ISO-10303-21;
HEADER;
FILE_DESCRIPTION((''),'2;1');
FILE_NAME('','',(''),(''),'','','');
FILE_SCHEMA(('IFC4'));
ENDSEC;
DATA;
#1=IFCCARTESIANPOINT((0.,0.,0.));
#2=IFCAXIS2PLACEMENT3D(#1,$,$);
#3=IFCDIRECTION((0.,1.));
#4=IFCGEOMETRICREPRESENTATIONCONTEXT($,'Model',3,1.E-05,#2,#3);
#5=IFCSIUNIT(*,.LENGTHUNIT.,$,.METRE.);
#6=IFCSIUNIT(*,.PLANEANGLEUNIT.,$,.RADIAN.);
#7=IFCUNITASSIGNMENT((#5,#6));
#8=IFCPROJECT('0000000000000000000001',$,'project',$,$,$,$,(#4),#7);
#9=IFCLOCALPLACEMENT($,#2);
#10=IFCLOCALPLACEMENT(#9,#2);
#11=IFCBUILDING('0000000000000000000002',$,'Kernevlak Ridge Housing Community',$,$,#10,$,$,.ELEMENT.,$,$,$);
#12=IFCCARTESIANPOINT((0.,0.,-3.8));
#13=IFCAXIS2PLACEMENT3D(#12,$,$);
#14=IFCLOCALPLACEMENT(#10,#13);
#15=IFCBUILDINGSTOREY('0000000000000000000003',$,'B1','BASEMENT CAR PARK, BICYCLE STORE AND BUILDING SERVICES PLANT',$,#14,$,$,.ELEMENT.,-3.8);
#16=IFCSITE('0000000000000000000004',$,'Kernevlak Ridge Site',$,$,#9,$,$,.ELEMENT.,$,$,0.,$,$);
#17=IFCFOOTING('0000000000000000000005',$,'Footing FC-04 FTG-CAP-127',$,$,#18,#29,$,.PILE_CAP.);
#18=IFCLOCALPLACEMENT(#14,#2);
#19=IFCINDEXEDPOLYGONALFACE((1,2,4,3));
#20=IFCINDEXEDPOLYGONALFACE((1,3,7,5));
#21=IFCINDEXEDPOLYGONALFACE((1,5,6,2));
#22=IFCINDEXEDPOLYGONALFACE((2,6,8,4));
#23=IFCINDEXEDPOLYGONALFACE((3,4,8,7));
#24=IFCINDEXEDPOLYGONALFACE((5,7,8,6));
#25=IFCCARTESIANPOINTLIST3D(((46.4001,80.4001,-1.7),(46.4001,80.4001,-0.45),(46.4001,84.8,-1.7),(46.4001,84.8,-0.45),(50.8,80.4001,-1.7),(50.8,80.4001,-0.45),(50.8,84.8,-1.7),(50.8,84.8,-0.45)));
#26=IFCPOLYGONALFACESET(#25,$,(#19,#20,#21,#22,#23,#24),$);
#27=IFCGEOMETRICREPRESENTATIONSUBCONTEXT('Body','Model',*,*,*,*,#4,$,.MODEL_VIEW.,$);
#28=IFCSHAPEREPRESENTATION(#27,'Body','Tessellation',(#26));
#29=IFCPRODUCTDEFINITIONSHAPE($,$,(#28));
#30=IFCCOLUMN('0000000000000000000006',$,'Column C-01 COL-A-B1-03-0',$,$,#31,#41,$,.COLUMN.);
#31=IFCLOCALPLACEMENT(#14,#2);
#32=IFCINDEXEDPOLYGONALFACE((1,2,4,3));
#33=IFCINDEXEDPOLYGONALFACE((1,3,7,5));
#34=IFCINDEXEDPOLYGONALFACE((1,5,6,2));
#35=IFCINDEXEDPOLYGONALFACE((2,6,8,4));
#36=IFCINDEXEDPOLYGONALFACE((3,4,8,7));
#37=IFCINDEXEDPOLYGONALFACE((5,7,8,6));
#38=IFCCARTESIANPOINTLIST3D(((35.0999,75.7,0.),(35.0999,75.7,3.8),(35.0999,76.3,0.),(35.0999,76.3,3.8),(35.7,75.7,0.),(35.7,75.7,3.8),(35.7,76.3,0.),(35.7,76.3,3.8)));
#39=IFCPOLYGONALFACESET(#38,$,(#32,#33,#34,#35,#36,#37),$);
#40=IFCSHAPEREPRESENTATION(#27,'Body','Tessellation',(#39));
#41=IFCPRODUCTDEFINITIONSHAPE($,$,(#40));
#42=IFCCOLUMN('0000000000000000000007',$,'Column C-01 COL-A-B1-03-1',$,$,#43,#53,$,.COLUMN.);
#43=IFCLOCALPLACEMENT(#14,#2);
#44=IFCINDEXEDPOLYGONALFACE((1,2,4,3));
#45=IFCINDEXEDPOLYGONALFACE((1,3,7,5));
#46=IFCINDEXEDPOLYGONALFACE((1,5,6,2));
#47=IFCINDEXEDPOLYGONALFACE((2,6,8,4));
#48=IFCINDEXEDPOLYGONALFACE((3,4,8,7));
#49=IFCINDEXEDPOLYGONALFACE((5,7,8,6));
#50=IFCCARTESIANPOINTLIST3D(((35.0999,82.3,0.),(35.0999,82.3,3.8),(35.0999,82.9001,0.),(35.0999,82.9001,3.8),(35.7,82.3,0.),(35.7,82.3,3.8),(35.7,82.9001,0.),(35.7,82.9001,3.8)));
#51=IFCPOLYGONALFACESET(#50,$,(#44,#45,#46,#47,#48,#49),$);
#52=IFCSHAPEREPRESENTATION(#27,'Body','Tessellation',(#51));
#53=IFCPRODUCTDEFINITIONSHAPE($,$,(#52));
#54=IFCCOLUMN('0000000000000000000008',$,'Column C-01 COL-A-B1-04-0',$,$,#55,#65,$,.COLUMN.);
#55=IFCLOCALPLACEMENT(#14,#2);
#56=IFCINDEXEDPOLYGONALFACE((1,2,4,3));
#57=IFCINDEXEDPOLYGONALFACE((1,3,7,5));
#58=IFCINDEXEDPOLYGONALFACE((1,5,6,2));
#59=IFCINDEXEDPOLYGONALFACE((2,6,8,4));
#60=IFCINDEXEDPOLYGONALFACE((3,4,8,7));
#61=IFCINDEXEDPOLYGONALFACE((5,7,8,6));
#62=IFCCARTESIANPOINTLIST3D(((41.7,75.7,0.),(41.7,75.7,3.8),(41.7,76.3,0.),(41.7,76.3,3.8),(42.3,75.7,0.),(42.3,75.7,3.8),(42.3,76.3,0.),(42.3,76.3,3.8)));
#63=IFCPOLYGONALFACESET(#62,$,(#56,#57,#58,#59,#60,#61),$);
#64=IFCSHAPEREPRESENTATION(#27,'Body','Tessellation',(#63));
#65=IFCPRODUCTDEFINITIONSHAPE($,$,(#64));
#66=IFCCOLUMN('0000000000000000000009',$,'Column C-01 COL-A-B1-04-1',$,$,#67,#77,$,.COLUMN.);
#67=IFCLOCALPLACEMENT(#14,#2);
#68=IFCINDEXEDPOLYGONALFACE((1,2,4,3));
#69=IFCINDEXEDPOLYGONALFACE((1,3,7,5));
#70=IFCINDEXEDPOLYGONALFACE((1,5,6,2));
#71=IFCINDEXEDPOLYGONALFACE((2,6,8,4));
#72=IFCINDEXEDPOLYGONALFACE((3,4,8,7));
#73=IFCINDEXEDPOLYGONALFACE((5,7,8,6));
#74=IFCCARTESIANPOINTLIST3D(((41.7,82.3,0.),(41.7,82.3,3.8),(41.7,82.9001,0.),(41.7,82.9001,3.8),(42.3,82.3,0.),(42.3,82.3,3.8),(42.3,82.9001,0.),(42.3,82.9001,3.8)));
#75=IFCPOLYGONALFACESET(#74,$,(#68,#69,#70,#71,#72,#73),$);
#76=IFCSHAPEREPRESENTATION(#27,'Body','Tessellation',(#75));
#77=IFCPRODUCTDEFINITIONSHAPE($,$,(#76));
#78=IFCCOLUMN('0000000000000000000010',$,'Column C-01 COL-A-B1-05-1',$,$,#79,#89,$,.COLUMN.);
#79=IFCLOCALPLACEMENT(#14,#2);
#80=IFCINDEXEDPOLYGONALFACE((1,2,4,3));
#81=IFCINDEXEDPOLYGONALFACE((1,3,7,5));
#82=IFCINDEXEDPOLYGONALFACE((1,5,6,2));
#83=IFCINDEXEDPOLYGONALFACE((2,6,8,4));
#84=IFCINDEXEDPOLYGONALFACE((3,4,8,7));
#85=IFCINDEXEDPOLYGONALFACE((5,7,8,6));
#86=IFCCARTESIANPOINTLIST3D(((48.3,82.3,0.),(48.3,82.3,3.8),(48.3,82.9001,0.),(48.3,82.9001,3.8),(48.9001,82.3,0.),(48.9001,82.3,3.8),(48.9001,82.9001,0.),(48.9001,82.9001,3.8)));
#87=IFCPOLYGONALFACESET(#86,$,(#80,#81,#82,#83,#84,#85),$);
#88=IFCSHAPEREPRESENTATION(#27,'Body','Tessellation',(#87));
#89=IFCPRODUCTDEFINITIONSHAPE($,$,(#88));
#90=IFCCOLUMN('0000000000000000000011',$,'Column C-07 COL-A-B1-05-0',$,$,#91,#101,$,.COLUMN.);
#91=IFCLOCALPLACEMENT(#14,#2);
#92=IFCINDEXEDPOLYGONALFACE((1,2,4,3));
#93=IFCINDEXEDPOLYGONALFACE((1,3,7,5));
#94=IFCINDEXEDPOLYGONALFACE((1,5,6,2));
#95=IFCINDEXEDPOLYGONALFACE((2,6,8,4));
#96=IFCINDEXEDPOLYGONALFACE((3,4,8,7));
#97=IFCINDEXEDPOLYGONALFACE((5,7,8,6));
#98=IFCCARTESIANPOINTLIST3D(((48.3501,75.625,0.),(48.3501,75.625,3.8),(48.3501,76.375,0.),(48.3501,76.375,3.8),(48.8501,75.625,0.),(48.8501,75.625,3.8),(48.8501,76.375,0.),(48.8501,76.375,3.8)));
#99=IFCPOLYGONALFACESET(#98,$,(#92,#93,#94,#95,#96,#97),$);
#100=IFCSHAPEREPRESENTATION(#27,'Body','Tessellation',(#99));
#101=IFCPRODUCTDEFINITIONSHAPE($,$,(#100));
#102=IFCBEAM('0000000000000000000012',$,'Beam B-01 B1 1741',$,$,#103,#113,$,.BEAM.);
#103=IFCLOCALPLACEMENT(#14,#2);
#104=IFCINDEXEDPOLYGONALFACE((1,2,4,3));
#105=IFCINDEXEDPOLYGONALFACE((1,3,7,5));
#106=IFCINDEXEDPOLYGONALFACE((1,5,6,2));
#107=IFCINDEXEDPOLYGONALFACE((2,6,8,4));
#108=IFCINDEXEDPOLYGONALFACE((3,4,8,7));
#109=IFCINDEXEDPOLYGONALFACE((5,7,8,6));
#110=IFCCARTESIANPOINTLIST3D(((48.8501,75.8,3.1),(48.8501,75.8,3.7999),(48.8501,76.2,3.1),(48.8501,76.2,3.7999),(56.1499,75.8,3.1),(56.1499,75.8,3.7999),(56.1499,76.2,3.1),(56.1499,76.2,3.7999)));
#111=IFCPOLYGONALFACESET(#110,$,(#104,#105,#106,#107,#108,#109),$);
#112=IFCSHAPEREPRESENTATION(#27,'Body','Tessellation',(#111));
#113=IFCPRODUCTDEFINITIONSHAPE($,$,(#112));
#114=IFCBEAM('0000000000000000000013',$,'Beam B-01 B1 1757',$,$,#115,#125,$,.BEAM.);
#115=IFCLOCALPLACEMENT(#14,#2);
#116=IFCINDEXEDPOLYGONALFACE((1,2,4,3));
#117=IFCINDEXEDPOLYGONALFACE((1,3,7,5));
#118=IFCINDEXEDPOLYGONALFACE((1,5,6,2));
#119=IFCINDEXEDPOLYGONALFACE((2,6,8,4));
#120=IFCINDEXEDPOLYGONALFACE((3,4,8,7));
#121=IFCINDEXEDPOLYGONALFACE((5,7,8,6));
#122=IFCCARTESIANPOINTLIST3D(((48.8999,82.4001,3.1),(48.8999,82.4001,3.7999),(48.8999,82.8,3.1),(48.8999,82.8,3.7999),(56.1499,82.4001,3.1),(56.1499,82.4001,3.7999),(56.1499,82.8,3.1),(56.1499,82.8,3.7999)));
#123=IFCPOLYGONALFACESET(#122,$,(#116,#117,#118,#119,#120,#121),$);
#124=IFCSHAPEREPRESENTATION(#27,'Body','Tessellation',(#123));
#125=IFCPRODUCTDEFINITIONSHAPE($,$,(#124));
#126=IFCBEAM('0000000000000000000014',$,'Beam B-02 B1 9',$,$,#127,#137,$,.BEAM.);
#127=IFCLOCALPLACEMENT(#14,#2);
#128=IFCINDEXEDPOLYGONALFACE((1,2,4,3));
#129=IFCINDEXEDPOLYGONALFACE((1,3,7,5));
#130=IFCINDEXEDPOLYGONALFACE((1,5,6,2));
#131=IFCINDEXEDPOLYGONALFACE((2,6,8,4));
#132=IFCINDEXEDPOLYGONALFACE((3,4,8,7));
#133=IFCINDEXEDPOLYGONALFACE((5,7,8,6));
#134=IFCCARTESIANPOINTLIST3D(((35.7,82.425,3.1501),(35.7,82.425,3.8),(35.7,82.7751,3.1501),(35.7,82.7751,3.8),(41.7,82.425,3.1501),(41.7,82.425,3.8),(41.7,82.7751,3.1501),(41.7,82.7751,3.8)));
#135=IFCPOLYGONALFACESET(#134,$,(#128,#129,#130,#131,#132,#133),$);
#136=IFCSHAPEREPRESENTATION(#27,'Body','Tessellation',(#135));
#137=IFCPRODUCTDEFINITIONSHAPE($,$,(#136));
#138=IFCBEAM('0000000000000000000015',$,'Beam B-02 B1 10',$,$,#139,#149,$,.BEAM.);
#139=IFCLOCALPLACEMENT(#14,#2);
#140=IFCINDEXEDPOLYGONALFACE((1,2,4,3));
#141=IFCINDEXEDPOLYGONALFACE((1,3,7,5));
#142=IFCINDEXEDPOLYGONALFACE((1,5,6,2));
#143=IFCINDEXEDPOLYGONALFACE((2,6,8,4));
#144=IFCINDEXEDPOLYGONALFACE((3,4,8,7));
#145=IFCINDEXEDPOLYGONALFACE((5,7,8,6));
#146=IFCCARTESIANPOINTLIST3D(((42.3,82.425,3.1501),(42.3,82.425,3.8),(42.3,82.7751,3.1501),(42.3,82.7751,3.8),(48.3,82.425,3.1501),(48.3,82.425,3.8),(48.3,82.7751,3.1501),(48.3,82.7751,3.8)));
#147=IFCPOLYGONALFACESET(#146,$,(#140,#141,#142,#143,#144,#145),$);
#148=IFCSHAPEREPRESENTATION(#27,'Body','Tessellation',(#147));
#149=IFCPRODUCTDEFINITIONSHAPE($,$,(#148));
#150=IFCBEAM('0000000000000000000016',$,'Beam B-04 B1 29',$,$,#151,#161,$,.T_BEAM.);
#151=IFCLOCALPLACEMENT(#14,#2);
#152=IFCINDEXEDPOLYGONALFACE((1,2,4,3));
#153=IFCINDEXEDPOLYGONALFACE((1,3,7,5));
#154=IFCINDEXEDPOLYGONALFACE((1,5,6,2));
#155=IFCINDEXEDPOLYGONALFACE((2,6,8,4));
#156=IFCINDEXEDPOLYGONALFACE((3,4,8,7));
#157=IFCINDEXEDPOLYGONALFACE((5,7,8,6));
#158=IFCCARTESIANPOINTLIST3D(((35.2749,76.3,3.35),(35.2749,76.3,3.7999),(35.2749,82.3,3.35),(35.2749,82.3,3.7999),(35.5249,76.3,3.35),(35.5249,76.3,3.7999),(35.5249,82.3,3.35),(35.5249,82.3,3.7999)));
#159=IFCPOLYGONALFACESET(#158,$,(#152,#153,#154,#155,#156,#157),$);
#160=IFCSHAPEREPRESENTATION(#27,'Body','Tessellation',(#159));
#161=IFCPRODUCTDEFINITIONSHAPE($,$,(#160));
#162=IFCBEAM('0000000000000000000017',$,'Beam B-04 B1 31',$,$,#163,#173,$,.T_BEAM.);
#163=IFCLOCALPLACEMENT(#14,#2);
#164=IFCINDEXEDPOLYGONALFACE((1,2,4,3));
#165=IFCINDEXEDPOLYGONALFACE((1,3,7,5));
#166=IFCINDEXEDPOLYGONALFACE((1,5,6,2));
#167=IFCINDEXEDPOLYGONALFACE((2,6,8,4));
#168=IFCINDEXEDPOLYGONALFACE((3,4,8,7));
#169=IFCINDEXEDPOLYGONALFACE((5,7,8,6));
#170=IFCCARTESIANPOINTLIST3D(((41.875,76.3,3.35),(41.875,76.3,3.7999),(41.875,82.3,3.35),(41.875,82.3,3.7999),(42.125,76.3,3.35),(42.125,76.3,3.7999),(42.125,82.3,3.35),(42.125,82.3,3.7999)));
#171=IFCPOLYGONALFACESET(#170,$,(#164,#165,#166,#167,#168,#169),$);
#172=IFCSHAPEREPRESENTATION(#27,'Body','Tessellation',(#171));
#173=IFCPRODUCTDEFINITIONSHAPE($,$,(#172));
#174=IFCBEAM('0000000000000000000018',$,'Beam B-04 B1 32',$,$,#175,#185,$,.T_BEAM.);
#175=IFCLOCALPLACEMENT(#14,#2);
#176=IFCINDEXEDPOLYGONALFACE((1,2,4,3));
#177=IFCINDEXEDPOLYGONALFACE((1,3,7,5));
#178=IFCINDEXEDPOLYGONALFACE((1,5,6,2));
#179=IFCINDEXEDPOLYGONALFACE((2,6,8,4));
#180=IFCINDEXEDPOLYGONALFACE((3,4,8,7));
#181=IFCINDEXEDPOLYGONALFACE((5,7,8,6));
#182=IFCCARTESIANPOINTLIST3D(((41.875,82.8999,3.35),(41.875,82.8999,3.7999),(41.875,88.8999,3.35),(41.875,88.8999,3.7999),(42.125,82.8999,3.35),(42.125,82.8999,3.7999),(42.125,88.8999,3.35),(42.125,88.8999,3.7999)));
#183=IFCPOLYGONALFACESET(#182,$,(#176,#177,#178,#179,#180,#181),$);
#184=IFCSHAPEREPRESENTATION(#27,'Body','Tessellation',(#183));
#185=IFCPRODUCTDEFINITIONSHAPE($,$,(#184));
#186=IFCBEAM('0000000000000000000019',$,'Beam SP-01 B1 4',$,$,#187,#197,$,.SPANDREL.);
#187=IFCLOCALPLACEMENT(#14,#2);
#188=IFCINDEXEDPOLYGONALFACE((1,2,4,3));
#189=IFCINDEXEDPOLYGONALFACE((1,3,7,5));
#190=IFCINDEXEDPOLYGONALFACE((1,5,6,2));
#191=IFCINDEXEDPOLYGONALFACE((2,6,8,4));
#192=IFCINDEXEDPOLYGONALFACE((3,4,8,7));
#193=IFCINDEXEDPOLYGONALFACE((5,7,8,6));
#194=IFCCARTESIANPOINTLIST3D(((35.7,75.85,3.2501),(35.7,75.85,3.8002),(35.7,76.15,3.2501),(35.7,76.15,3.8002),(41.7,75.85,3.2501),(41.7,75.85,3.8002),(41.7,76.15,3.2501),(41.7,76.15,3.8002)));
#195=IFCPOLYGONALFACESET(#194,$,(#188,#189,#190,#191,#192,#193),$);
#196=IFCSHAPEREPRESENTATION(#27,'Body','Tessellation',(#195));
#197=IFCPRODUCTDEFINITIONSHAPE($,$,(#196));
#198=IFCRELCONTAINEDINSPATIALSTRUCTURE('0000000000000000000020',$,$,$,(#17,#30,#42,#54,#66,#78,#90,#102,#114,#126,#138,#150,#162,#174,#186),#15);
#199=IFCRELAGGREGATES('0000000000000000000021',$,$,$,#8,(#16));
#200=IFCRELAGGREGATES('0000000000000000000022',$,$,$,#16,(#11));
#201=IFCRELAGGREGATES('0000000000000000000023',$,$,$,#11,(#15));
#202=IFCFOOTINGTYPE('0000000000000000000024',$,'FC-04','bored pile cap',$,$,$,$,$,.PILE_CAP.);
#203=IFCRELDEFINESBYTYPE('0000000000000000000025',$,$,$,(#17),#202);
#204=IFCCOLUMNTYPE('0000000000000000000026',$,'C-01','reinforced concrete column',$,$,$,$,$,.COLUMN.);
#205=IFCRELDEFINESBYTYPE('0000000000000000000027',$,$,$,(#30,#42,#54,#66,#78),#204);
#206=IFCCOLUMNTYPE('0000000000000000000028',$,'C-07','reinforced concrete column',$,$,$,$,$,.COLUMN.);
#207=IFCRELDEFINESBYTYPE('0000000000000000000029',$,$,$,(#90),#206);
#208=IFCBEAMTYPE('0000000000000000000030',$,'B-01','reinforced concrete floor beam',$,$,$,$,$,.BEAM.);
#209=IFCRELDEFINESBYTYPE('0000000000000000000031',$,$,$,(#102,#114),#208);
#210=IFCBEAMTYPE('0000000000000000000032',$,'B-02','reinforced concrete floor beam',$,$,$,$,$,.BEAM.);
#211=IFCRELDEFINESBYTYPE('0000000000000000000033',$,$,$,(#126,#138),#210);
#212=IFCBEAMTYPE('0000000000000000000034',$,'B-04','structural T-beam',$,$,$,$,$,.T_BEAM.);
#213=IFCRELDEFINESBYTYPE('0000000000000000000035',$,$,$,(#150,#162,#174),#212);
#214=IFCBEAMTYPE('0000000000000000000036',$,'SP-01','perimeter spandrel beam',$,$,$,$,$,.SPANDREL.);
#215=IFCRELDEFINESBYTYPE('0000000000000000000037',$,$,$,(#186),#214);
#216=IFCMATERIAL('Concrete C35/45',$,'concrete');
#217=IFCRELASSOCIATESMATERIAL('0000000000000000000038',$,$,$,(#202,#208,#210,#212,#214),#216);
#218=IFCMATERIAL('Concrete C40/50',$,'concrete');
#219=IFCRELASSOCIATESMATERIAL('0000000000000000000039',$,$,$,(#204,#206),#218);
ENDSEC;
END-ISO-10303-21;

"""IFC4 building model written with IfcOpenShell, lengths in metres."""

from ifc_helpers import new_model, si_unit, direction, frame, origin, origin_2d, place, context, subcontext, project, spatial, rectangle, extrude, material, material_profile, profile_set, type_object, element, save


model = new_model("IFC4")

# Units and contexts
model_context = context("Model", 3, precision=1e-05, world=origin(), true_north=direction((0.0, 1.0)))
body_context = subcontext(model_context, "Body", "Model", "MODEL_VIEW")
ifc_project = project(units=[si_unit("LENGTHUNIT", "METRE"), si_unit("PLANEANGLEUNIT", "RADIAN")], contexts=[model_context])

# Site, building, storey
site_placement = place(None, origin())
site = spatial("IfcSite", under=ifc_project, at=site_placement, Name="Kernevlak Ridge Site", CompositionType="ELEMENT", RefElevation=0.0)
building_placement = place(site_placement, origin())
building = spatial("IfcBuilding", under=site, at=building_placement, Name="Kernevlak Ridge Housing Community", CompositionType="ELEMENT")
storey_placement = place(building_placement, frame((0.0, 0.0, -3.8)))
storey = spatial("IfcBuildingStorey", under=building, at=storey_placement, Name="B1", Description="BASEMENT CAR PARK, BICYCLE STORE AND BUILDING SERVICES PLANT", CompositionType="ELEMENT", Elevation=-3.8)

# Shared definitions
ifc_material_1 = material(Name="Concrete C35/45", Category="concrete")

# Footing
footing_type_1 = type_object("IfcFootingType", Name="FC-04", Description="bored pile cap", PredefinedType="PILE_CAP", material=ifc_material_1)
for number, where, z_axis, x_axis, name in (
    (1, (48.6001, 82.6001, -1.7), (0.0, 0.0, 1.0), (1.0, 0.0, 0.0), "Footing FC-04 FTG-CAP-127"),
):
    element("IfcFooting", number, at=place(storey_placement, frame(where, z_axis=z_axis, x_axis=x_axis)), inside=storey, type_object=footing_type_1, Name=name, PredefinedType="PILE_CAP", context=body_context, shape_type="SweptSolid", body=[
        extrude(rectangle(XDim=4.3999, YDim=4.3999, at=origin_2d()), origin(), (0.0, 0.0, 1.0), 1.25),
    ])

# Columns
ifc_material_2 = material(Name="Concrete C40/50", Category="concrete")
ifc_material_profile_1 = material_profile(ifc_material_2, rectangle(XDim=0.6001, YDim=0.6001, at=origin_2d()), Name="RC 600x600")
ifc_profile_set_1 = profile_set([ifc_material_profile_1], Name="Concrete C40/50")
column_type_1 = type_object("IfcColumnType", Name="C-01", Description="reinforced concrete column", PredefinedType="COLUMN", material=ifc_profile_set_1)
for number, where, z_axis, x_axis, name in (
    (2, (35.3999, 76.0, 0.0), (0.0, 0.0, 1.0), (1.0, 0.0, 0.0), "Column C-01 COL-A-B1-03-0"),
    (3, (35.3999, 82.6001, 0.0), (0.0, 0.0, 1.0), (1.0, 0.0, 0.0), "Column C-01 COL-A-B1-03-1"),
    (4, (42.0, 76.0, 0.0), (0.0, 0.0, 1.0), (1.0, 0.0, 0.0), "Column C-01 COL-A-B1-04-0"),
    (5, (42.0, 82.6001, 0.0), (0.0, 0.0, 1.0), (1.0, 0.0, 0.0), "Column C-01 COL-A-B1-04-1"),
    (6, (48.6001, 82.6001, 0.0), (0.0, 0.0, 1.0), (1.0, 0.0, 0.0), "Column C-01 COL-A-B1-05-1"),
):
    element("IfcColumn", number, at=place(storey_placement, frame(where, z_axis=z_axis, x_axis=x_axis)), inside=storey, type_object=column_type_1, Name=name, PredefinedType="COLUMN", context=body_context, shape_type="SweptSolid", body=[
        extrude(rectangle(XDim=0.6001, YDim=0.6001, at=origin_2d()), origin(), (0.0, 0.0, 1.0), 3.8),
    ])
ifc_material_profile_2 = material_profile(ifc_material_2, rectangle(XDim=0.5, YDim=0.75, at=origin_2d()), Name="RC 500x750")
ifc_profile_set_2 = profile_set([ifc_material_profile_2], Name="Concrete C40/50")
column_type_2 = type_object("IfcColumnType", Name="C-07", Description="reinforced concrete column", PredefinedType="COLUMN", material=ifc_profile_set_2)
column_placement = place(storey_placement, frame((48.6001, 76.0, 0.0), z_axis=(0.0, 0.0, 1.0), x_axis=(1.0, 0.0, 0.0)))
element("IfcColumn", 7, at=column_placement, inside=storey, type_object=column_type_2, Name="Column C-07 COL-A-B1-05-0", PredefinedType="COLUMN", context=body_context, shape_type="SweptSolid", body=[
    extrude(rectangle(XDim=0.5, YDim=0.75, at=origin_2d()), origin(), (0.0, 0.0, 1.0), 3.8),
])

# Beams
ifc_material_profile_3 = material_profile(ifc_material_1, rectangle(XDim=0.3999, YDim=0.7, at=origin_2d()), Name="RC 400x700")
ifc_profile_set_3 = profile_set([ifc_material_profile_3], Name="Concrete C35/45")
beam_type_1 = type_object("IfcBeamType", Name="B-01", Description="reinforced concrete floor beam", PredefinedType="BEAM", material=ifc_profile_set_3)
beam_1_placement = place(storey_placement, frame((48.8501, 76.0, 3.45), z_axis=(1.0, 0.0, 0.0), x_axis=(0.0, 1.0, 0.0)))
element("IfcBeam", 8, at=beam_1_placement, inside=storey, type_object=beam_type_1, Name="Beam B-01 B1 1741", PredefinedType="BEAM", context=body_context, shape_type="SweptSolid", body=[
    extrude(rectangle(XDim=0.3999, YDim=0.7, at=origin_2d()), origin(), (0.0, 0.0, 1.0), 7.2998),
])
beam_2_placement = place(storey_placement, frame((48.8999, 82.6001, 3.45), z_axis=(1.0, 0.0, 0.0), x_axis=(0.0, 1.0, 0.0)))
element("IfcBeam", 9, at=beam_2_placement, inside=storey, type_object=beam_type_1, Name="Beam B-01 B1 1757", PredefinedType="BEAM", context=body_context, shape_type="SweptSolid", body=[
    extrude(rectangle(XDim=0.3999, YDim=0.7, at=origin_2d()), origin(), (0.0, 0.0, 1.0), 7.25),
])
ifc_material_profile_4 = material_profile(ifc_material_1, rectangle(XDim=0.3501, YDim=0.6499, at=origin_2d()), Name="RC 350x650")
ifc_profile_set_4 = profile_set([ifc_material_profile_4], Name="Concrete C35/45")
beam_type_2 = type_object("IfcBeamType", Name="B-02", Description="reinforced concrete floor beam", PredefinedType="BEAM", material=ifc_profile_set_4)
for number, where, z_axis, x_axis, name in (
    (10, (35.7, 82.6001, 3.4751), (1.0, 0.0, 0.0), (0.0, 1.0, 0.0), "Beam B-02 B1 9"),
    (11, (42.3, 82.6001, 3.4751), (1.0, 0.0, 0.0), (0.0, 1.0, 0.0), "Beam B-02 B1 10"),
):
    element("IfcBeam", number, at=place(storey_placement, frame(where, z_axis=z_axis, x_axis=x_axis)), inside=storey, type_object=beam_type_2, Name=name, PredefinedType="BEAM", context=body_context, shape_type="SweptSolid", body=[
        extrude(rectangle(XDim=0.3501, YDim=0.6499, at=origin_2d()), origin(), (0.0, 0.0, 1.0), 6.0),
    ])
ifc_material_profile_5 = material_profile(ifc_material_1, rectangle(XDim=0.25, YDim=0.45, at=origin_2d()), Name="RC 250x450")
ifc_profile_set_5 = profile_set([ifc_material_profile_5], Name="Concrete C35/45")
beam_type_3 = type_object("IfcBeamType", Name="B-04", Description="structural T-beam", PredefinedType="T_BEAM", material=ifc_profile_set_5)
for number, where, z_axis, x_axis, name in (
    (12, (35.3999, 76.3, 3.575), (0.0, 1.0, 0.0), (-1.0, 0.0, 0.0), "Beam B-04 B1 29"),
    (13, (42.0, 76.3, 3.575), (0.0, 1.0, 0.0), (-1.0, 0.0, 0.0), "Beam B-04 B1 31"),
    (14, (42.0, 82.8999, 3.575), (0.0, 1.0, 0.0), (-1.0, 0.0, 0.0), "Beam B-04 B1 32"),
):
    element("IfcBeam", number, at=place(storey_placement, frame(where, z_axis=z_axis, x_axis=x_axis)), inside=storey, type_object=beam_type_3, Name=name, PredefinedType="T_BEAM", context=body_context, shape_type="SweptSolid", body=[
        extrude(rectangle(XDim=0.25, YDim=0.45, at=origin_2d()), origin(), (0.0, 0.0, 1.0), 6.0),
    ])
ifc_material_profile_6 = material_profile(ifc_material_1, rectangle(XDim=0.3, YDim=0.55, at=origin_2d()), Name="RC 300x550")
ifc_profile_set_6 = profile_set([ifc_material_profile_6], Name="Concrete C35/45")
beam_type_4 = type_object("IfcBeamType", Name="SP-01", Description="perimeter spandrel beam", PredefinedType="SPANDREL", material=ifc_profile_set_6)
beam_3_placement = place(storey_placement, frame((35.7, 76.0, 3.5251), z_axis=(1.0, 0.0, 0.0), x_axis=(0.0, 1.0, 0.0)))
element("IfcBeam", 15, at=beam_3_placement, inside=storey, type_object=beam_type_4, Name="Beam SP-01 B1 4", PredefinedType="SPANDREL", context=body_context, shape_type="SweptSolid", body=[
    extrude(rectangle(XDim=0.3, YDim=0.55, at=origin_2d()), origin(), (0.0, 0.0, 1.0), 6.0),
])

save(model, "model.ifc")
